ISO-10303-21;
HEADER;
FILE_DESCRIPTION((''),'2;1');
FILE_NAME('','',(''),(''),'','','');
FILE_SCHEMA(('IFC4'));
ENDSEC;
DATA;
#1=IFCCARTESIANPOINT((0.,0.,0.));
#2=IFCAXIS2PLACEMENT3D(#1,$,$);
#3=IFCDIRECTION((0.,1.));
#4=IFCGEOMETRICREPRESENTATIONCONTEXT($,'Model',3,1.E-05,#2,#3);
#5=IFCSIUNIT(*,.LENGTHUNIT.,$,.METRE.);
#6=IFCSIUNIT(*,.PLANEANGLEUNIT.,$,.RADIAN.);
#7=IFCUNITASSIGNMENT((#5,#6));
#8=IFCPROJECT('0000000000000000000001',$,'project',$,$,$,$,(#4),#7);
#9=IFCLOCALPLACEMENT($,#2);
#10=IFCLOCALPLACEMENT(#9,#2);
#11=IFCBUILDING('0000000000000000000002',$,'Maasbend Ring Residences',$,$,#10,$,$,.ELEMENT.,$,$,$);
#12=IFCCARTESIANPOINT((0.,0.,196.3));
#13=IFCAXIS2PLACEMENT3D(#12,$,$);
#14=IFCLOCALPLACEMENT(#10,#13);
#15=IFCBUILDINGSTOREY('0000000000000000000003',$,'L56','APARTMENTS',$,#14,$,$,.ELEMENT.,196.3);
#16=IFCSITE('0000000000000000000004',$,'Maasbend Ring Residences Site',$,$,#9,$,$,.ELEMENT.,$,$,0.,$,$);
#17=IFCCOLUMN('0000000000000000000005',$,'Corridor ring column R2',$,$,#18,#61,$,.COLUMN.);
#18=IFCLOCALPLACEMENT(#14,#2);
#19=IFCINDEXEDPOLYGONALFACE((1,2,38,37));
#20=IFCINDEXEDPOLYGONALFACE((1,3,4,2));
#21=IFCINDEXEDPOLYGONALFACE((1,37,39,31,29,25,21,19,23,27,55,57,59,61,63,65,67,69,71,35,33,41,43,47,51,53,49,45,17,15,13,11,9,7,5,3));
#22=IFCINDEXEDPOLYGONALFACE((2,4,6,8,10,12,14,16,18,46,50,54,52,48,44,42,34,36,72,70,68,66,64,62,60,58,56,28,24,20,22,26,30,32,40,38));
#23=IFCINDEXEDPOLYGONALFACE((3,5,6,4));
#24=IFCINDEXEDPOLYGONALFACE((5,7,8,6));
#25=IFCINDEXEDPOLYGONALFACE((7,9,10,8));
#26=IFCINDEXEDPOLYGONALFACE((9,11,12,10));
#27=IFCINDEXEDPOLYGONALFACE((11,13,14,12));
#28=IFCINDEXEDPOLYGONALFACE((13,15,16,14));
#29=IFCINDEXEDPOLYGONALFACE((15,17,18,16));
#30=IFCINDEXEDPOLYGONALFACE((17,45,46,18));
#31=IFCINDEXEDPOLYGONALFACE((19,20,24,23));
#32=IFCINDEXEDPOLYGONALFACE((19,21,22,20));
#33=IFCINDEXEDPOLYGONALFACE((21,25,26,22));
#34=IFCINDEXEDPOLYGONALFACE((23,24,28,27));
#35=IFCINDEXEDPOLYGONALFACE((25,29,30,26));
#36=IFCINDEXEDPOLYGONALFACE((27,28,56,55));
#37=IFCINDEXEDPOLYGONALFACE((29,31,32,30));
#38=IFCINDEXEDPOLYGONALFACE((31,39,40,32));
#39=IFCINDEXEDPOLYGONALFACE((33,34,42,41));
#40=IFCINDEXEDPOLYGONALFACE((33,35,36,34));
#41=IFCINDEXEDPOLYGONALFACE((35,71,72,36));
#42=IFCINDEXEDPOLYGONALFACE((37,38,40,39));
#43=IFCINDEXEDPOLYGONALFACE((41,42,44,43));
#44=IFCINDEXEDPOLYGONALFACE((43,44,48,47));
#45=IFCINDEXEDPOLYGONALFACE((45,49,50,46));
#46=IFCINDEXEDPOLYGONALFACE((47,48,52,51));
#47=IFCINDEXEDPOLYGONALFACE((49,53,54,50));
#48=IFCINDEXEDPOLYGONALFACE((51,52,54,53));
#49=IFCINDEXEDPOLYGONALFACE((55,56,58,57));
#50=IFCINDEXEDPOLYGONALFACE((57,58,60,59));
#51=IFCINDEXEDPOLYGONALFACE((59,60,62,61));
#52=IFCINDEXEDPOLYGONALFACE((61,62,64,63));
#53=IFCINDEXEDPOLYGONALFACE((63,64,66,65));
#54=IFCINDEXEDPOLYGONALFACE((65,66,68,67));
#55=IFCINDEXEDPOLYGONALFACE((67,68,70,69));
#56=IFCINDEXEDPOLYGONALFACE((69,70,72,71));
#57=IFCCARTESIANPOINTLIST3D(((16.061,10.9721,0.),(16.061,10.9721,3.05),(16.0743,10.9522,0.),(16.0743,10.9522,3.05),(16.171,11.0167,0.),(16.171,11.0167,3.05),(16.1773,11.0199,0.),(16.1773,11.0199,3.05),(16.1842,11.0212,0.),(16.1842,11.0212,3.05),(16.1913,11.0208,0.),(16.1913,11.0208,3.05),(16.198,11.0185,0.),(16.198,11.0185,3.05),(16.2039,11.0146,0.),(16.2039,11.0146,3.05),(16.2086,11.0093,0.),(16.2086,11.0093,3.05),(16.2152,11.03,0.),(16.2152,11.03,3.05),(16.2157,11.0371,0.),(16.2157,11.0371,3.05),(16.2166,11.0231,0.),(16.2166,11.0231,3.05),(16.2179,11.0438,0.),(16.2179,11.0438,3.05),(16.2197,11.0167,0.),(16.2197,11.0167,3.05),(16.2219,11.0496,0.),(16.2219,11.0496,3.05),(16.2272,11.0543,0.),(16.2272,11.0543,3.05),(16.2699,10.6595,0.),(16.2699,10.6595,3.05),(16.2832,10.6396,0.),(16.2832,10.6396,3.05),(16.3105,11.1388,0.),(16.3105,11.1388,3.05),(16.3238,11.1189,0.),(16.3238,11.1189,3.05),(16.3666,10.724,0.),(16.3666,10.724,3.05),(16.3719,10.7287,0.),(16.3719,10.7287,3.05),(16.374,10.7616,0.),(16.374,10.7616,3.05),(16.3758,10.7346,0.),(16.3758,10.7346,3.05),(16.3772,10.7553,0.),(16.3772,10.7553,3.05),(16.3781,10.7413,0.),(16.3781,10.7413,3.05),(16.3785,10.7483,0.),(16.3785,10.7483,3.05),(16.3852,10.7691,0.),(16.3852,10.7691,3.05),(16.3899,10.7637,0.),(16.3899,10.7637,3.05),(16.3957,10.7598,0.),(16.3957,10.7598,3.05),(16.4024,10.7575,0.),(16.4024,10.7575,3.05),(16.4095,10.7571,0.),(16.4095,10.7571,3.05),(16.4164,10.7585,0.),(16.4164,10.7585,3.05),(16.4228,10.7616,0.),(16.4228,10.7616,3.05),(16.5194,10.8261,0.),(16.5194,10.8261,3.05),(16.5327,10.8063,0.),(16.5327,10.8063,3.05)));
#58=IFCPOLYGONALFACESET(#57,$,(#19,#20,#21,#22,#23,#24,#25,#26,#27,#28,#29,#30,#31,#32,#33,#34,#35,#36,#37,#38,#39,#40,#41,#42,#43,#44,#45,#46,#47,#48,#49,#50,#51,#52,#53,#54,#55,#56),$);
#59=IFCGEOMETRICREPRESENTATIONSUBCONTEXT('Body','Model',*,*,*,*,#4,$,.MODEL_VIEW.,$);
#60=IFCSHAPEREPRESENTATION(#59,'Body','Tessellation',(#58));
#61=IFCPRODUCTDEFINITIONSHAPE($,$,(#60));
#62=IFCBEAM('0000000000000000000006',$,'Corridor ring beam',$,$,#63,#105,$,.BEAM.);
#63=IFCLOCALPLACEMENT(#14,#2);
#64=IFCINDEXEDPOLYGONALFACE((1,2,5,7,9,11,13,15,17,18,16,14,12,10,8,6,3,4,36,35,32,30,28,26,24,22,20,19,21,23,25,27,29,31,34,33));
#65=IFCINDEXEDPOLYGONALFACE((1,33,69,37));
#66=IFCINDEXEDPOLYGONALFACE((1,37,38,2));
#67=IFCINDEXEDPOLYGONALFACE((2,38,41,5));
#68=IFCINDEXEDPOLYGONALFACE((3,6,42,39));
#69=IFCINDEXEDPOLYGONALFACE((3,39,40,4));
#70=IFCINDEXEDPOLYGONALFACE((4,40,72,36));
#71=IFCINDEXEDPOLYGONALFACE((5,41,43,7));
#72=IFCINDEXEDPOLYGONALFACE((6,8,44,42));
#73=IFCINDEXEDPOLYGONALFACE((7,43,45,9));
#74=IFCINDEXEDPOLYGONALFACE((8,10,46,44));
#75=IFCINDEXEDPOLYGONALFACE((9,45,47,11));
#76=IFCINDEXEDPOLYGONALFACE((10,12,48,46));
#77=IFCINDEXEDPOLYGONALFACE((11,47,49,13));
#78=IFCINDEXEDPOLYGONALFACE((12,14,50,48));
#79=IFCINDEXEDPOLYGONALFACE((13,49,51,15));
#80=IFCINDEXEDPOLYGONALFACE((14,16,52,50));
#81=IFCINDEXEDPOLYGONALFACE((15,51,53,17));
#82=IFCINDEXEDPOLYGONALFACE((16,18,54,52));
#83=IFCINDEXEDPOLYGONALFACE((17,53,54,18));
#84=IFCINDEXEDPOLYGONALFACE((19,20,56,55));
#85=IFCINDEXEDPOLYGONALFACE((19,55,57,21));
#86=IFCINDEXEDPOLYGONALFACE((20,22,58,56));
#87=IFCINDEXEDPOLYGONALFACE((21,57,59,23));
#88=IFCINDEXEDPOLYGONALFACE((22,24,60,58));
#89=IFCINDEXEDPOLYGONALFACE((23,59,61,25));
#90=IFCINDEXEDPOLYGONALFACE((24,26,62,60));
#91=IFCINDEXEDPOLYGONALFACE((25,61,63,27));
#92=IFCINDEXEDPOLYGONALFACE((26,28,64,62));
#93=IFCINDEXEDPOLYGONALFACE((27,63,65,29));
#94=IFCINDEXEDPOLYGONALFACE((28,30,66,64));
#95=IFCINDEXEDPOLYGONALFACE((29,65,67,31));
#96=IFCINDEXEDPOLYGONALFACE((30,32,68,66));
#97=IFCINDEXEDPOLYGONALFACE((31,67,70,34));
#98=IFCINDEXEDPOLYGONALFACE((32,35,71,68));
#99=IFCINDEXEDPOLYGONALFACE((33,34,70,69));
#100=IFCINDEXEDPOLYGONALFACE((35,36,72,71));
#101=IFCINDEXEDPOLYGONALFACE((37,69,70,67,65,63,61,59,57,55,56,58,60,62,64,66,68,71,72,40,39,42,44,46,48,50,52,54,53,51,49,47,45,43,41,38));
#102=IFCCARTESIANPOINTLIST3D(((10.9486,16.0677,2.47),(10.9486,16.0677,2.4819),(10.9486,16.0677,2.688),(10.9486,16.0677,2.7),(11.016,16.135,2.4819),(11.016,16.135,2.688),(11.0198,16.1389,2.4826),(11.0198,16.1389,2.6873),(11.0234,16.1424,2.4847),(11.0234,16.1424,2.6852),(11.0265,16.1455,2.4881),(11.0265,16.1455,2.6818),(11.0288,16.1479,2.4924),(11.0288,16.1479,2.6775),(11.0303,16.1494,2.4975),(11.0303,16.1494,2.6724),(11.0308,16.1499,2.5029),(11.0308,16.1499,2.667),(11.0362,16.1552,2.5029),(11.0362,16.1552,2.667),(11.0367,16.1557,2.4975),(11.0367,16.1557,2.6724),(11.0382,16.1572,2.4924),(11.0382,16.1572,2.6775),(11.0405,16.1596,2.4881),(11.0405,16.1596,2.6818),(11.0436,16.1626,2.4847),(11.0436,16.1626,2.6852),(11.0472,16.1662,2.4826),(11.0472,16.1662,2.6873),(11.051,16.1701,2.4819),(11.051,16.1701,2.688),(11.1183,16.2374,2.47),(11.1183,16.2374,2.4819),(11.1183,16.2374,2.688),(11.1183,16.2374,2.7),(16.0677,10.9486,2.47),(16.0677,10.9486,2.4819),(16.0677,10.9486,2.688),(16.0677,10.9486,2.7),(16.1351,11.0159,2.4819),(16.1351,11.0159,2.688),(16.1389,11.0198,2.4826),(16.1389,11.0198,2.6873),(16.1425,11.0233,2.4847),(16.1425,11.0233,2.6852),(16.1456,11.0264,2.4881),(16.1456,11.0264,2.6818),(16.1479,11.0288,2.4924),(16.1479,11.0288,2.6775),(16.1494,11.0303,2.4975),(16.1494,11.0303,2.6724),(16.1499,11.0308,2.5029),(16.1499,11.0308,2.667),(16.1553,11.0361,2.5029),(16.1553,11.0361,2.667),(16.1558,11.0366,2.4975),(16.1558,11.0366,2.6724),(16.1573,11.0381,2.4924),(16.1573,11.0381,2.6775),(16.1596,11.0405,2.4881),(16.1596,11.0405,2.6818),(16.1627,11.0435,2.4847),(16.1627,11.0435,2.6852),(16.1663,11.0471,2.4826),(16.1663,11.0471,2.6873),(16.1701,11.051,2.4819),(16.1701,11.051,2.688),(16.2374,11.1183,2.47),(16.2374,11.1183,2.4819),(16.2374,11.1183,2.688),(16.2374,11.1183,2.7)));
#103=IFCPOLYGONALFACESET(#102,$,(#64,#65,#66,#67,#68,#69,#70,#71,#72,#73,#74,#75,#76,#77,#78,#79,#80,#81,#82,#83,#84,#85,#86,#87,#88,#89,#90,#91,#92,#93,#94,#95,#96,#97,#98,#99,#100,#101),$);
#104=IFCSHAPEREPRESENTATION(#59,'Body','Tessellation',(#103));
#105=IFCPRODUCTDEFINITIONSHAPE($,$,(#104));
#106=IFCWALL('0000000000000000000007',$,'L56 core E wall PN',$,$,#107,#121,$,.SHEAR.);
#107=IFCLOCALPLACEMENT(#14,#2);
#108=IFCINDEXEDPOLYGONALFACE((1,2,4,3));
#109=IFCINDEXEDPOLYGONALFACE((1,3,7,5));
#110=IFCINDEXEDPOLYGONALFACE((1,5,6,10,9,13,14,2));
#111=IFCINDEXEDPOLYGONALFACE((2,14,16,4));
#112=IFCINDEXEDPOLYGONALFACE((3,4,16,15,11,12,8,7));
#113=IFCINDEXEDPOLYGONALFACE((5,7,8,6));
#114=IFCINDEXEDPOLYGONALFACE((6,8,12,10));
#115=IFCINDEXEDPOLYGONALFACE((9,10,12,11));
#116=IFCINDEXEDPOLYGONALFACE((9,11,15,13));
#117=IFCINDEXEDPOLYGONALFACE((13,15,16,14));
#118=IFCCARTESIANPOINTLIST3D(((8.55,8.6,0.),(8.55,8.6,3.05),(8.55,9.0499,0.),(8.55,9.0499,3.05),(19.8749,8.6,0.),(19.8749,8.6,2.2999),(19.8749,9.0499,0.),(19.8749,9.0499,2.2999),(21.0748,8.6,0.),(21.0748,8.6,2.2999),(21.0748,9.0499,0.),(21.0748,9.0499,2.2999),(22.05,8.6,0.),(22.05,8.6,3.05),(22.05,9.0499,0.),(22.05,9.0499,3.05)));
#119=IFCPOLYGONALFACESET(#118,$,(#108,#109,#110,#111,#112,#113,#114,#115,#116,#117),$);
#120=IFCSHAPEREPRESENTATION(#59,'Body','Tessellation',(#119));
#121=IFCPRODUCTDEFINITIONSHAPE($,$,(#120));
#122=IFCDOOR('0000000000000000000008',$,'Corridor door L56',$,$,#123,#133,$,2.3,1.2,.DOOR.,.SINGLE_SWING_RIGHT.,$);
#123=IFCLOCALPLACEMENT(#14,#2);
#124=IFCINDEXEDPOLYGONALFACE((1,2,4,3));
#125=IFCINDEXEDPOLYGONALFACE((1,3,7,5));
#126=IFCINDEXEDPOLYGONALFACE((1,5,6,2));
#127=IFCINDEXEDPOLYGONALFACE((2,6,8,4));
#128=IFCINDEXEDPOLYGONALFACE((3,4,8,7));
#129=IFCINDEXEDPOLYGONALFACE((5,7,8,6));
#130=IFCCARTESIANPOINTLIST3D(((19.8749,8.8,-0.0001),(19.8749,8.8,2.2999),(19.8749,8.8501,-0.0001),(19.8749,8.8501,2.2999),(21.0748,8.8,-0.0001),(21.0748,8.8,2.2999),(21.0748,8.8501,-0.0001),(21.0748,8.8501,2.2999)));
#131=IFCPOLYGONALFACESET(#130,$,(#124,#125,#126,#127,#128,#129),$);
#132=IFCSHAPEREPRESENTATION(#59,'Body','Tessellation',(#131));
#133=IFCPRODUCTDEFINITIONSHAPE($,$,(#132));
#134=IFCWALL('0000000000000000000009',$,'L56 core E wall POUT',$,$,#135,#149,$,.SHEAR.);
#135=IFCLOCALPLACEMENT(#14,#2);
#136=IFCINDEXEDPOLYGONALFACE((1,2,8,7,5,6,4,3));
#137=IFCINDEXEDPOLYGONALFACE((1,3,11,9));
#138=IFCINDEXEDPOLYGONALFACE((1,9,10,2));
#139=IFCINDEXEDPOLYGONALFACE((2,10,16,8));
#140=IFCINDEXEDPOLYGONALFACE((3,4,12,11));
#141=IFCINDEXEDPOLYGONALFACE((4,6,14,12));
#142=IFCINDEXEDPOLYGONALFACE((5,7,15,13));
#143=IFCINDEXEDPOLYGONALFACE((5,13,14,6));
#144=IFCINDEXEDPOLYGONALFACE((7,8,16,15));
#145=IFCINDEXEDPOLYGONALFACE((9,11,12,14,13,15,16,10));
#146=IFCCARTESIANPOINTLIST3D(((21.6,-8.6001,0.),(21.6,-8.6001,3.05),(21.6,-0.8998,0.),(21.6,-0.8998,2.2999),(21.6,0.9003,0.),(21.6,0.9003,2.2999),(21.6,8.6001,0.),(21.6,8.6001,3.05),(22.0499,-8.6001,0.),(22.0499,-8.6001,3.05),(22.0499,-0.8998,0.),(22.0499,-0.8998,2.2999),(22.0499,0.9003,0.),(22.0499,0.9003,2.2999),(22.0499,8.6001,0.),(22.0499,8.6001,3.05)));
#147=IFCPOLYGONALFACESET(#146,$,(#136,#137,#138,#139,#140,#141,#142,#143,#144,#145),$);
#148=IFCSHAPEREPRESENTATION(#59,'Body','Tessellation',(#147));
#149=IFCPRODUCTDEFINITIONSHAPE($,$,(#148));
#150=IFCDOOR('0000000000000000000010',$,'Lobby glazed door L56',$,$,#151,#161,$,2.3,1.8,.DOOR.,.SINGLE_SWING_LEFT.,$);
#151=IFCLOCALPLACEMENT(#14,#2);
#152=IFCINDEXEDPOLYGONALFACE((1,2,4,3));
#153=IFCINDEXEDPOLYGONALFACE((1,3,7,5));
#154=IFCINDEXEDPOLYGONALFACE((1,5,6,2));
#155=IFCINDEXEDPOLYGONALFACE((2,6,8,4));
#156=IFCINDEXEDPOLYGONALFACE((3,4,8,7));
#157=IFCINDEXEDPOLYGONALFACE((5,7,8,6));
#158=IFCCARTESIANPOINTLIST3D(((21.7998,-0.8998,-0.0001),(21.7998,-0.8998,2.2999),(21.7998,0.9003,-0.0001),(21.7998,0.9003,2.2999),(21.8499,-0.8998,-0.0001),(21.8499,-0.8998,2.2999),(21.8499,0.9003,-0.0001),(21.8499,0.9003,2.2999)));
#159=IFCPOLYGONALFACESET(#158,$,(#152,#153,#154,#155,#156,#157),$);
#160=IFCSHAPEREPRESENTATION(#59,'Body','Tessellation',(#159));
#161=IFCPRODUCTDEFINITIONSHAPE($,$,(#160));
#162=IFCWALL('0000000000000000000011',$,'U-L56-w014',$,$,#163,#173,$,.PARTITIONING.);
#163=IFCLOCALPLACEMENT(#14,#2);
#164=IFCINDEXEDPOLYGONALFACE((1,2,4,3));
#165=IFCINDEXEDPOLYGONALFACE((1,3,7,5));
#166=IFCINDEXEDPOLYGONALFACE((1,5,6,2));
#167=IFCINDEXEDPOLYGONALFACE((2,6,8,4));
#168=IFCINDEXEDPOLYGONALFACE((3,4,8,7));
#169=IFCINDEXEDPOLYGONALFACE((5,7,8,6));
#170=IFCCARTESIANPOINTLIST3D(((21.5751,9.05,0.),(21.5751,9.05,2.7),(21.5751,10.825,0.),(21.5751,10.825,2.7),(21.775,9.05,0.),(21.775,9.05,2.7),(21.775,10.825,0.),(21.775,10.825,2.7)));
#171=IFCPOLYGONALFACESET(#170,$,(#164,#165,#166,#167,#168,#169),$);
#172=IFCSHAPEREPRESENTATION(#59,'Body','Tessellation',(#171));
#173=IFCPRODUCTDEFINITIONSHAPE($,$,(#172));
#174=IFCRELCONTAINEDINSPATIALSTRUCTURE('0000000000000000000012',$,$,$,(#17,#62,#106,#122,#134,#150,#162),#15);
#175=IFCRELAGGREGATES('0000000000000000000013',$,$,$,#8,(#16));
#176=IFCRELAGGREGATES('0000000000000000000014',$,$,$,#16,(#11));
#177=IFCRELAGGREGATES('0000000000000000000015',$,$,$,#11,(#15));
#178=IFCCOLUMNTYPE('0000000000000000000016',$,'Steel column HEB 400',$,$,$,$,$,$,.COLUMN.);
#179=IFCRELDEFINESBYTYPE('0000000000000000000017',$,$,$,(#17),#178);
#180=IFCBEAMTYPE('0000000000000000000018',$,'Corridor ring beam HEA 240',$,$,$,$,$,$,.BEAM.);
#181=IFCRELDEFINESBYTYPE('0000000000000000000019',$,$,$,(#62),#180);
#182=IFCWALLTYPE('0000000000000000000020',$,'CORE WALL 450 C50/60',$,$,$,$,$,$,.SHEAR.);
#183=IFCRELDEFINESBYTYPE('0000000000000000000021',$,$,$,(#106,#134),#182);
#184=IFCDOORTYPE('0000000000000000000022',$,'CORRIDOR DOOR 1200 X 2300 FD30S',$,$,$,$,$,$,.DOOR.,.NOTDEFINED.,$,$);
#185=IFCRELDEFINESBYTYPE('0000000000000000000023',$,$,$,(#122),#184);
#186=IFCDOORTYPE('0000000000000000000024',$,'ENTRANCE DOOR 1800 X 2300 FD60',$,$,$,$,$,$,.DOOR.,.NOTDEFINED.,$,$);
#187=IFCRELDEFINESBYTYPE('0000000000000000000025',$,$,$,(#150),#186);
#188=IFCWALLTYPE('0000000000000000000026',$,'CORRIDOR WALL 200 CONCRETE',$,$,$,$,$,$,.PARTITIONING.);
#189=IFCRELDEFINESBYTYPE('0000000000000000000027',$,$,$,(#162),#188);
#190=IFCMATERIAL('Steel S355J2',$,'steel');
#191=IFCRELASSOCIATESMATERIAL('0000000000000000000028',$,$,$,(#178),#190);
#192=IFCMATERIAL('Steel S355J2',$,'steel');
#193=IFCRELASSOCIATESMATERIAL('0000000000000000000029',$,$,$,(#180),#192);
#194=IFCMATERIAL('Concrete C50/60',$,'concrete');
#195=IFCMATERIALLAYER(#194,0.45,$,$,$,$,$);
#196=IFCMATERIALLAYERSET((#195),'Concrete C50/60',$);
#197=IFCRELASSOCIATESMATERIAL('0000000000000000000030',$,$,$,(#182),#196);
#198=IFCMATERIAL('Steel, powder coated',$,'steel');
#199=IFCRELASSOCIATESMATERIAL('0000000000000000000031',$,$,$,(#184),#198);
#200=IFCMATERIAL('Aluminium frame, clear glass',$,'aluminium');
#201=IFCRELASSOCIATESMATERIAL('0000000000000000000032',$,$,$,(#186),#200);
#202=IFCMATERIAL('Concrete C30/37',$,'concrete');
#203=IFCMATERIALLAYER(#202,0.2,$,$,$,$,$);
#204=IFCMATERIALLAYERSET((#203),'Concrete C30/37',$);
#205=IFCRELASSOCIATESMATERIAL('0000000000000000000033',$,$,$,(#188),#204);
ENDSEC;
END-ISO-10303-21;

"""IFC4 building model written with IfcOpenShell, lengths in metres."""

from ifc_helpers import new_model, si_unit, direction, frame, frame_2d, origin, origin_2d, place, context, subcontext, project, spatial, rectangle, i_section, extrude, material, layer, layer_set, material_profile, profile_set, type_object, element, fill, save


model = new_model("IFC4")

# Units and contexts
model_context = context("Model", 3, precision=1e-05, world=origin(), true_north=direction((0.0, 1.0)))
body_context = subcontext(model_context, "Body", "Model", "MODEL_VIEW")
ifc_project = project(units=[si_unit("LENGTHUNIT", "METRE"), si_unit("PLANEANGLEUNIT", "RADIAN")], contexts=[model_context])

# Site, building, storey
site_placement = place(None, origin())
site = spatial("IfcSite", under=ifc_project, at=site_placement, Name="Maasbend Ring Residences Site", CompositionType="ELEMENT", RefElevation=0.0)
building_placement = place(site_placement, origin())
building = spatial("IfcBuilding", under=site, at=building_placement, Name="Maasbend Ring Residences", CompositionType="ELEMENT")
storey_placement = place(building_placement, frame((0.0, 0.0, 196.3)))
storey = spatial("IfcBuildingStorey", under=building, at=storey_placement, Name="L56", Description="APARTMENTS", CompositionType="ELEMENT", Elevation=196.3)

# Column
ifc_material_1 = material(Name="Steel S355J2", Category="steel")
ifc_material_profile_1 = material_profile(ifc_material_1, i_section(OverallWidth=0.3, OverallDepth=0.3999, WebThickness=0.0134, FlangeThickness=0.0239, FilletRadius=0.0271, at=origin_2d()), Name="HEB 400")
ifc_profile_set_1 = profile_set([ifc_material_profile_1], Name="Steel S355J2")
column_type = type_object("IfcColumnType", Name="Steel column HEB 400", PredefinedType="COLUMN", material=ifc_profile_set_1)
column_placement = place(storey_placement, frame((16.2969, 10.8892, 0.0), z_axis=(0.0, 0.0, 1.0), x_axis=(0.83147, 0.55557, 0.0)))
element("IfcColumn", 1, at=column_placement, inside=storey, type_object=column_type, Name="Corridor ring column R2", PredefinedType="COLUMN", context=body_context, shape_type="SweptSolid", body=[
    extrude(i_section(OverallWidth=0.3, OverallDepth=0.3999, WebThickness=0.0134, FlangeThickness=0.0239, FilletRadius=0.0271, at=origin_2d()), origin(), (0.0, 0.0, 1.0), 3.05),
])

# Beam
ifc_material_2 = material(Name="Steel S355J2", Category="steel")
ifc_material_profile_2 = material_profile(ifc_material_2, i_section(OverallWidth=0.24, OverallDepth=0.23, WebThickness=0.0076, FlangeThickness=0.012, FilletRadius=0.021, at=origin_2d()), Name="HEA 240")
ifc_profile_set_2 = profile_set([ifc_material_profile_2], Name="Steel S355J2")
beam_type = type_object("IfcBeamType", Name="Corridor ring beam HEA 240", PredefinedType="BEAM", material=ifc_profile_set_2)
beam_placement = place(storey_placement, frame((16.1526, 11.0334, 2.585), z_axis=(-0.707107, 0.707107, 0.0), x_axis=(-0.707107, -0.707107, 0.0)))
element("IfcBeam", 2, at=beam_placement, inside=storey, type_object=beam_type, Name="Corridor ring beam", PredefinedType="BEAM", context=body_context, shape_type="SweptSolid", body=[
    extrude(i_section(OverallWidth=0.24, OverallDepth=0.23, WebThickness=0.0076, FlangeThickness=0.012, FilletRadius=0.021, at=origin_2d()), origin(), (0.0, 0.0, 1.0), 7.2395),
])

# Walls, openings, doors
ifc_material_3 = material(Name="Concrete C50/60", Category="concrete")
ifc_layer_1 = layer(ifc_material_3, 0.45)
ifc_layer_set_1 = layer_set([ifc_layer_1], Name="Concrete C50/60")
wall_type_1 = type_object("IfcWallType", Name="CORE WALL 450 C50/60", PredefinedType="SHEAR", material=ifc_layer_set_1)
wall_1_placement = place(storey_placement, frame((22.05, 8.825, 0.0), z_axis=(0.0, 0.0, 1.0), x_axis=(-1.0, 0.0, 0.0)))
wall_1 = element("IfcWall", 3, at=wall_1_placement, inside=storey, type_object=wall_type_1, Name="L56 core E wall PN", PredefinedType="SHEAR", context=body_context, shape_type="SweptSolid", body=[
    extrude(rectangle(XDim=13.5, YDim=0.45, at=frame_2d((6.75, 0.0))), origin(), (0.0, 0.0, 1.0), 3.05),
])
opening_1_placement = place(wall_1_placement, frame((0.9751, 0.0, 0.0)))
opening_1 = element("IfcOpeningElement", 4, at=opening_1_placement, cuts=wall_1, PredefinedType="OPENING", context=body_context, shape_type="SweptSolid", body=[
    extrude(rectangle(XDim=1.2, YDim=2.3, at=frame_2d((0.6001, 1.1499))), frame((0.0, 0.2349, 0.0), z_axis=(0.0, -1.0, 0.0), x_axis=(1.0, 0.0, 0.0)), (0.0, 0.0, 1.0), 0.47),
])
ifc_material_4 = material(Name="Steel, powder coated", Category="steel")
door_type_1 = type_object("IfcDoorType", Name="CORRIDOR DOOR 1200 X 2300 FD30S", OperationType="NOTDEFINED", PredefinedType="DOOR", material=ifc_material_4)
door_1_placement = place(opening_1_placement, origin())
door_1 = element("IfcDoor", 5, at=door_1_placement, inside=storey, type_object=door_type_1, Name="Corridor door L56", OperationType="SINGLE_SWING_RIGHT", OverallHeight=2.3, OverallWidth=1.2, PredefinedType="DOOR", context=body_context, shape_type="SweptSolid", body=[
    extrude(rectangle(XDim=1.2, YDim=2.3, at=frame_2d((0.6001, 1.1499))), frame((0.0, 0.0249, 0.0), z_axis=(0.0, -1.0, 0.0), x_axis=(1.0, 0.0, 0.0)), (0.0, 0.0, 1.0), 0.05),
])
fill(opening_1, door_1)
wall_2_placement = place(storey_placement, frame((21.825, 8.6001, 0.0), z_axis=(0.0, 0.0, 1.0), x_axis=(0.0, -1.0, 0.0)))
wall_2 = element("IfcWall", 6, at=wall_2_placement, inside=storey, type_object=wall_type_1, Name="L56 core E wall POUT", PredefinedType="SHEAR", context=body_context, shape_type="SweptSolid", body=[
    extrude(rectangle(XDim=17.2002, YDim=0.45, at=frame_2d((8.6001, 0.0))), origin(), (0.0, 0.0, 1.0), 3.05),
])
opening_2_placement = place(wall_2_placement, frame((7.7, 0.0, 0.0)))
opening_2 = element("IfcOpeningElement", 7, at=opening_2_placement, cuts=wall_2, PredefinedType="OPENING", context=body_context, shape_type="SweptSolid", body=[
    extrude(rectangle(XDim=1.8, YDim=2.3, at=frame_2d((0.8999, 1.1499))), frame((0.0, 0.2349, 0.0), z_axis=(0.0, -1.0, 0.0), x_axis=(1.0, 0.0, 0.0)), (0.0, 0.0, 1.0), 0.47),
])
ifc_material_5 = material(Name="Aluminium frame, clear glass", Category="aluminium")
door_type_2 = type_object("IfcDoorType", Name="ENTRANCE DOOR 1800 X 2300 FD60", OperationType="NOTDEFINED", PredefinedType="DOOR", material=ifc_material_5)
door_2_placement = place(opening_2_placement, origin())
door_2 = element("IfcDoor", 8, at=door_2_placement, inside=storey, type_object=door_type_2, Name="Lobby glazed door L56", OperationType="SINGLE_SWING_LEFT", OverallHeight=2.3, OverallWidth=1.8, PredefinedType="DOOR", context=body_context, shape_type="SweptSolid", body=[
    extrude(rectangle(XDim=1.8, YDim=2.3, at=frame_2d((0.8999, 1.1499))), frame((0.0, 0.0249, 0.0), z_axis=(0.0, -1.0, 0.0), x_axis=(1.0, 0.0, 0.0)), (0.0, 0.0, 1.0), 0.05),
])
fill(opening_2, door_2)

# Wall
ifc_material_6 = material(Name="Concrete C30/37", Category="concrete")
ifc_layer_2 = layer(ifc_material_6, 0.2)
ifc_layer_set_2 = layer_set([ifc_layer_2], Name="Concrete C30/37")
wall_type_2 = type_object("IfcWallType", Name="CORRIDOR WALL 200 CONCRETE", PredefinedType="PARTITIONING", material=ifc_layer_set_2)
wall_3_placement = place(storey_placement, frame((21.675, 9.05, 0.0), z_axis=(0.0, 0.0, 1.0), x_axis=(0.0, 1.0, 0.0)))
element("IfcWall", 9, at=wall_3_placement, inside=storey, type_object=wall_type_2, Name="U-L56-w014", PredefinedType="PARTITIONING", context=body_context, shape_type="SweptSolid", body=[
    extrude(rectangle(XDim=1.7749, YDim=0.2, at=frame_2d((0.8875, 0.0))), origin(), (0.0, 0.0, 1.0), 2.7),
])

save(model, "model.ifc")
